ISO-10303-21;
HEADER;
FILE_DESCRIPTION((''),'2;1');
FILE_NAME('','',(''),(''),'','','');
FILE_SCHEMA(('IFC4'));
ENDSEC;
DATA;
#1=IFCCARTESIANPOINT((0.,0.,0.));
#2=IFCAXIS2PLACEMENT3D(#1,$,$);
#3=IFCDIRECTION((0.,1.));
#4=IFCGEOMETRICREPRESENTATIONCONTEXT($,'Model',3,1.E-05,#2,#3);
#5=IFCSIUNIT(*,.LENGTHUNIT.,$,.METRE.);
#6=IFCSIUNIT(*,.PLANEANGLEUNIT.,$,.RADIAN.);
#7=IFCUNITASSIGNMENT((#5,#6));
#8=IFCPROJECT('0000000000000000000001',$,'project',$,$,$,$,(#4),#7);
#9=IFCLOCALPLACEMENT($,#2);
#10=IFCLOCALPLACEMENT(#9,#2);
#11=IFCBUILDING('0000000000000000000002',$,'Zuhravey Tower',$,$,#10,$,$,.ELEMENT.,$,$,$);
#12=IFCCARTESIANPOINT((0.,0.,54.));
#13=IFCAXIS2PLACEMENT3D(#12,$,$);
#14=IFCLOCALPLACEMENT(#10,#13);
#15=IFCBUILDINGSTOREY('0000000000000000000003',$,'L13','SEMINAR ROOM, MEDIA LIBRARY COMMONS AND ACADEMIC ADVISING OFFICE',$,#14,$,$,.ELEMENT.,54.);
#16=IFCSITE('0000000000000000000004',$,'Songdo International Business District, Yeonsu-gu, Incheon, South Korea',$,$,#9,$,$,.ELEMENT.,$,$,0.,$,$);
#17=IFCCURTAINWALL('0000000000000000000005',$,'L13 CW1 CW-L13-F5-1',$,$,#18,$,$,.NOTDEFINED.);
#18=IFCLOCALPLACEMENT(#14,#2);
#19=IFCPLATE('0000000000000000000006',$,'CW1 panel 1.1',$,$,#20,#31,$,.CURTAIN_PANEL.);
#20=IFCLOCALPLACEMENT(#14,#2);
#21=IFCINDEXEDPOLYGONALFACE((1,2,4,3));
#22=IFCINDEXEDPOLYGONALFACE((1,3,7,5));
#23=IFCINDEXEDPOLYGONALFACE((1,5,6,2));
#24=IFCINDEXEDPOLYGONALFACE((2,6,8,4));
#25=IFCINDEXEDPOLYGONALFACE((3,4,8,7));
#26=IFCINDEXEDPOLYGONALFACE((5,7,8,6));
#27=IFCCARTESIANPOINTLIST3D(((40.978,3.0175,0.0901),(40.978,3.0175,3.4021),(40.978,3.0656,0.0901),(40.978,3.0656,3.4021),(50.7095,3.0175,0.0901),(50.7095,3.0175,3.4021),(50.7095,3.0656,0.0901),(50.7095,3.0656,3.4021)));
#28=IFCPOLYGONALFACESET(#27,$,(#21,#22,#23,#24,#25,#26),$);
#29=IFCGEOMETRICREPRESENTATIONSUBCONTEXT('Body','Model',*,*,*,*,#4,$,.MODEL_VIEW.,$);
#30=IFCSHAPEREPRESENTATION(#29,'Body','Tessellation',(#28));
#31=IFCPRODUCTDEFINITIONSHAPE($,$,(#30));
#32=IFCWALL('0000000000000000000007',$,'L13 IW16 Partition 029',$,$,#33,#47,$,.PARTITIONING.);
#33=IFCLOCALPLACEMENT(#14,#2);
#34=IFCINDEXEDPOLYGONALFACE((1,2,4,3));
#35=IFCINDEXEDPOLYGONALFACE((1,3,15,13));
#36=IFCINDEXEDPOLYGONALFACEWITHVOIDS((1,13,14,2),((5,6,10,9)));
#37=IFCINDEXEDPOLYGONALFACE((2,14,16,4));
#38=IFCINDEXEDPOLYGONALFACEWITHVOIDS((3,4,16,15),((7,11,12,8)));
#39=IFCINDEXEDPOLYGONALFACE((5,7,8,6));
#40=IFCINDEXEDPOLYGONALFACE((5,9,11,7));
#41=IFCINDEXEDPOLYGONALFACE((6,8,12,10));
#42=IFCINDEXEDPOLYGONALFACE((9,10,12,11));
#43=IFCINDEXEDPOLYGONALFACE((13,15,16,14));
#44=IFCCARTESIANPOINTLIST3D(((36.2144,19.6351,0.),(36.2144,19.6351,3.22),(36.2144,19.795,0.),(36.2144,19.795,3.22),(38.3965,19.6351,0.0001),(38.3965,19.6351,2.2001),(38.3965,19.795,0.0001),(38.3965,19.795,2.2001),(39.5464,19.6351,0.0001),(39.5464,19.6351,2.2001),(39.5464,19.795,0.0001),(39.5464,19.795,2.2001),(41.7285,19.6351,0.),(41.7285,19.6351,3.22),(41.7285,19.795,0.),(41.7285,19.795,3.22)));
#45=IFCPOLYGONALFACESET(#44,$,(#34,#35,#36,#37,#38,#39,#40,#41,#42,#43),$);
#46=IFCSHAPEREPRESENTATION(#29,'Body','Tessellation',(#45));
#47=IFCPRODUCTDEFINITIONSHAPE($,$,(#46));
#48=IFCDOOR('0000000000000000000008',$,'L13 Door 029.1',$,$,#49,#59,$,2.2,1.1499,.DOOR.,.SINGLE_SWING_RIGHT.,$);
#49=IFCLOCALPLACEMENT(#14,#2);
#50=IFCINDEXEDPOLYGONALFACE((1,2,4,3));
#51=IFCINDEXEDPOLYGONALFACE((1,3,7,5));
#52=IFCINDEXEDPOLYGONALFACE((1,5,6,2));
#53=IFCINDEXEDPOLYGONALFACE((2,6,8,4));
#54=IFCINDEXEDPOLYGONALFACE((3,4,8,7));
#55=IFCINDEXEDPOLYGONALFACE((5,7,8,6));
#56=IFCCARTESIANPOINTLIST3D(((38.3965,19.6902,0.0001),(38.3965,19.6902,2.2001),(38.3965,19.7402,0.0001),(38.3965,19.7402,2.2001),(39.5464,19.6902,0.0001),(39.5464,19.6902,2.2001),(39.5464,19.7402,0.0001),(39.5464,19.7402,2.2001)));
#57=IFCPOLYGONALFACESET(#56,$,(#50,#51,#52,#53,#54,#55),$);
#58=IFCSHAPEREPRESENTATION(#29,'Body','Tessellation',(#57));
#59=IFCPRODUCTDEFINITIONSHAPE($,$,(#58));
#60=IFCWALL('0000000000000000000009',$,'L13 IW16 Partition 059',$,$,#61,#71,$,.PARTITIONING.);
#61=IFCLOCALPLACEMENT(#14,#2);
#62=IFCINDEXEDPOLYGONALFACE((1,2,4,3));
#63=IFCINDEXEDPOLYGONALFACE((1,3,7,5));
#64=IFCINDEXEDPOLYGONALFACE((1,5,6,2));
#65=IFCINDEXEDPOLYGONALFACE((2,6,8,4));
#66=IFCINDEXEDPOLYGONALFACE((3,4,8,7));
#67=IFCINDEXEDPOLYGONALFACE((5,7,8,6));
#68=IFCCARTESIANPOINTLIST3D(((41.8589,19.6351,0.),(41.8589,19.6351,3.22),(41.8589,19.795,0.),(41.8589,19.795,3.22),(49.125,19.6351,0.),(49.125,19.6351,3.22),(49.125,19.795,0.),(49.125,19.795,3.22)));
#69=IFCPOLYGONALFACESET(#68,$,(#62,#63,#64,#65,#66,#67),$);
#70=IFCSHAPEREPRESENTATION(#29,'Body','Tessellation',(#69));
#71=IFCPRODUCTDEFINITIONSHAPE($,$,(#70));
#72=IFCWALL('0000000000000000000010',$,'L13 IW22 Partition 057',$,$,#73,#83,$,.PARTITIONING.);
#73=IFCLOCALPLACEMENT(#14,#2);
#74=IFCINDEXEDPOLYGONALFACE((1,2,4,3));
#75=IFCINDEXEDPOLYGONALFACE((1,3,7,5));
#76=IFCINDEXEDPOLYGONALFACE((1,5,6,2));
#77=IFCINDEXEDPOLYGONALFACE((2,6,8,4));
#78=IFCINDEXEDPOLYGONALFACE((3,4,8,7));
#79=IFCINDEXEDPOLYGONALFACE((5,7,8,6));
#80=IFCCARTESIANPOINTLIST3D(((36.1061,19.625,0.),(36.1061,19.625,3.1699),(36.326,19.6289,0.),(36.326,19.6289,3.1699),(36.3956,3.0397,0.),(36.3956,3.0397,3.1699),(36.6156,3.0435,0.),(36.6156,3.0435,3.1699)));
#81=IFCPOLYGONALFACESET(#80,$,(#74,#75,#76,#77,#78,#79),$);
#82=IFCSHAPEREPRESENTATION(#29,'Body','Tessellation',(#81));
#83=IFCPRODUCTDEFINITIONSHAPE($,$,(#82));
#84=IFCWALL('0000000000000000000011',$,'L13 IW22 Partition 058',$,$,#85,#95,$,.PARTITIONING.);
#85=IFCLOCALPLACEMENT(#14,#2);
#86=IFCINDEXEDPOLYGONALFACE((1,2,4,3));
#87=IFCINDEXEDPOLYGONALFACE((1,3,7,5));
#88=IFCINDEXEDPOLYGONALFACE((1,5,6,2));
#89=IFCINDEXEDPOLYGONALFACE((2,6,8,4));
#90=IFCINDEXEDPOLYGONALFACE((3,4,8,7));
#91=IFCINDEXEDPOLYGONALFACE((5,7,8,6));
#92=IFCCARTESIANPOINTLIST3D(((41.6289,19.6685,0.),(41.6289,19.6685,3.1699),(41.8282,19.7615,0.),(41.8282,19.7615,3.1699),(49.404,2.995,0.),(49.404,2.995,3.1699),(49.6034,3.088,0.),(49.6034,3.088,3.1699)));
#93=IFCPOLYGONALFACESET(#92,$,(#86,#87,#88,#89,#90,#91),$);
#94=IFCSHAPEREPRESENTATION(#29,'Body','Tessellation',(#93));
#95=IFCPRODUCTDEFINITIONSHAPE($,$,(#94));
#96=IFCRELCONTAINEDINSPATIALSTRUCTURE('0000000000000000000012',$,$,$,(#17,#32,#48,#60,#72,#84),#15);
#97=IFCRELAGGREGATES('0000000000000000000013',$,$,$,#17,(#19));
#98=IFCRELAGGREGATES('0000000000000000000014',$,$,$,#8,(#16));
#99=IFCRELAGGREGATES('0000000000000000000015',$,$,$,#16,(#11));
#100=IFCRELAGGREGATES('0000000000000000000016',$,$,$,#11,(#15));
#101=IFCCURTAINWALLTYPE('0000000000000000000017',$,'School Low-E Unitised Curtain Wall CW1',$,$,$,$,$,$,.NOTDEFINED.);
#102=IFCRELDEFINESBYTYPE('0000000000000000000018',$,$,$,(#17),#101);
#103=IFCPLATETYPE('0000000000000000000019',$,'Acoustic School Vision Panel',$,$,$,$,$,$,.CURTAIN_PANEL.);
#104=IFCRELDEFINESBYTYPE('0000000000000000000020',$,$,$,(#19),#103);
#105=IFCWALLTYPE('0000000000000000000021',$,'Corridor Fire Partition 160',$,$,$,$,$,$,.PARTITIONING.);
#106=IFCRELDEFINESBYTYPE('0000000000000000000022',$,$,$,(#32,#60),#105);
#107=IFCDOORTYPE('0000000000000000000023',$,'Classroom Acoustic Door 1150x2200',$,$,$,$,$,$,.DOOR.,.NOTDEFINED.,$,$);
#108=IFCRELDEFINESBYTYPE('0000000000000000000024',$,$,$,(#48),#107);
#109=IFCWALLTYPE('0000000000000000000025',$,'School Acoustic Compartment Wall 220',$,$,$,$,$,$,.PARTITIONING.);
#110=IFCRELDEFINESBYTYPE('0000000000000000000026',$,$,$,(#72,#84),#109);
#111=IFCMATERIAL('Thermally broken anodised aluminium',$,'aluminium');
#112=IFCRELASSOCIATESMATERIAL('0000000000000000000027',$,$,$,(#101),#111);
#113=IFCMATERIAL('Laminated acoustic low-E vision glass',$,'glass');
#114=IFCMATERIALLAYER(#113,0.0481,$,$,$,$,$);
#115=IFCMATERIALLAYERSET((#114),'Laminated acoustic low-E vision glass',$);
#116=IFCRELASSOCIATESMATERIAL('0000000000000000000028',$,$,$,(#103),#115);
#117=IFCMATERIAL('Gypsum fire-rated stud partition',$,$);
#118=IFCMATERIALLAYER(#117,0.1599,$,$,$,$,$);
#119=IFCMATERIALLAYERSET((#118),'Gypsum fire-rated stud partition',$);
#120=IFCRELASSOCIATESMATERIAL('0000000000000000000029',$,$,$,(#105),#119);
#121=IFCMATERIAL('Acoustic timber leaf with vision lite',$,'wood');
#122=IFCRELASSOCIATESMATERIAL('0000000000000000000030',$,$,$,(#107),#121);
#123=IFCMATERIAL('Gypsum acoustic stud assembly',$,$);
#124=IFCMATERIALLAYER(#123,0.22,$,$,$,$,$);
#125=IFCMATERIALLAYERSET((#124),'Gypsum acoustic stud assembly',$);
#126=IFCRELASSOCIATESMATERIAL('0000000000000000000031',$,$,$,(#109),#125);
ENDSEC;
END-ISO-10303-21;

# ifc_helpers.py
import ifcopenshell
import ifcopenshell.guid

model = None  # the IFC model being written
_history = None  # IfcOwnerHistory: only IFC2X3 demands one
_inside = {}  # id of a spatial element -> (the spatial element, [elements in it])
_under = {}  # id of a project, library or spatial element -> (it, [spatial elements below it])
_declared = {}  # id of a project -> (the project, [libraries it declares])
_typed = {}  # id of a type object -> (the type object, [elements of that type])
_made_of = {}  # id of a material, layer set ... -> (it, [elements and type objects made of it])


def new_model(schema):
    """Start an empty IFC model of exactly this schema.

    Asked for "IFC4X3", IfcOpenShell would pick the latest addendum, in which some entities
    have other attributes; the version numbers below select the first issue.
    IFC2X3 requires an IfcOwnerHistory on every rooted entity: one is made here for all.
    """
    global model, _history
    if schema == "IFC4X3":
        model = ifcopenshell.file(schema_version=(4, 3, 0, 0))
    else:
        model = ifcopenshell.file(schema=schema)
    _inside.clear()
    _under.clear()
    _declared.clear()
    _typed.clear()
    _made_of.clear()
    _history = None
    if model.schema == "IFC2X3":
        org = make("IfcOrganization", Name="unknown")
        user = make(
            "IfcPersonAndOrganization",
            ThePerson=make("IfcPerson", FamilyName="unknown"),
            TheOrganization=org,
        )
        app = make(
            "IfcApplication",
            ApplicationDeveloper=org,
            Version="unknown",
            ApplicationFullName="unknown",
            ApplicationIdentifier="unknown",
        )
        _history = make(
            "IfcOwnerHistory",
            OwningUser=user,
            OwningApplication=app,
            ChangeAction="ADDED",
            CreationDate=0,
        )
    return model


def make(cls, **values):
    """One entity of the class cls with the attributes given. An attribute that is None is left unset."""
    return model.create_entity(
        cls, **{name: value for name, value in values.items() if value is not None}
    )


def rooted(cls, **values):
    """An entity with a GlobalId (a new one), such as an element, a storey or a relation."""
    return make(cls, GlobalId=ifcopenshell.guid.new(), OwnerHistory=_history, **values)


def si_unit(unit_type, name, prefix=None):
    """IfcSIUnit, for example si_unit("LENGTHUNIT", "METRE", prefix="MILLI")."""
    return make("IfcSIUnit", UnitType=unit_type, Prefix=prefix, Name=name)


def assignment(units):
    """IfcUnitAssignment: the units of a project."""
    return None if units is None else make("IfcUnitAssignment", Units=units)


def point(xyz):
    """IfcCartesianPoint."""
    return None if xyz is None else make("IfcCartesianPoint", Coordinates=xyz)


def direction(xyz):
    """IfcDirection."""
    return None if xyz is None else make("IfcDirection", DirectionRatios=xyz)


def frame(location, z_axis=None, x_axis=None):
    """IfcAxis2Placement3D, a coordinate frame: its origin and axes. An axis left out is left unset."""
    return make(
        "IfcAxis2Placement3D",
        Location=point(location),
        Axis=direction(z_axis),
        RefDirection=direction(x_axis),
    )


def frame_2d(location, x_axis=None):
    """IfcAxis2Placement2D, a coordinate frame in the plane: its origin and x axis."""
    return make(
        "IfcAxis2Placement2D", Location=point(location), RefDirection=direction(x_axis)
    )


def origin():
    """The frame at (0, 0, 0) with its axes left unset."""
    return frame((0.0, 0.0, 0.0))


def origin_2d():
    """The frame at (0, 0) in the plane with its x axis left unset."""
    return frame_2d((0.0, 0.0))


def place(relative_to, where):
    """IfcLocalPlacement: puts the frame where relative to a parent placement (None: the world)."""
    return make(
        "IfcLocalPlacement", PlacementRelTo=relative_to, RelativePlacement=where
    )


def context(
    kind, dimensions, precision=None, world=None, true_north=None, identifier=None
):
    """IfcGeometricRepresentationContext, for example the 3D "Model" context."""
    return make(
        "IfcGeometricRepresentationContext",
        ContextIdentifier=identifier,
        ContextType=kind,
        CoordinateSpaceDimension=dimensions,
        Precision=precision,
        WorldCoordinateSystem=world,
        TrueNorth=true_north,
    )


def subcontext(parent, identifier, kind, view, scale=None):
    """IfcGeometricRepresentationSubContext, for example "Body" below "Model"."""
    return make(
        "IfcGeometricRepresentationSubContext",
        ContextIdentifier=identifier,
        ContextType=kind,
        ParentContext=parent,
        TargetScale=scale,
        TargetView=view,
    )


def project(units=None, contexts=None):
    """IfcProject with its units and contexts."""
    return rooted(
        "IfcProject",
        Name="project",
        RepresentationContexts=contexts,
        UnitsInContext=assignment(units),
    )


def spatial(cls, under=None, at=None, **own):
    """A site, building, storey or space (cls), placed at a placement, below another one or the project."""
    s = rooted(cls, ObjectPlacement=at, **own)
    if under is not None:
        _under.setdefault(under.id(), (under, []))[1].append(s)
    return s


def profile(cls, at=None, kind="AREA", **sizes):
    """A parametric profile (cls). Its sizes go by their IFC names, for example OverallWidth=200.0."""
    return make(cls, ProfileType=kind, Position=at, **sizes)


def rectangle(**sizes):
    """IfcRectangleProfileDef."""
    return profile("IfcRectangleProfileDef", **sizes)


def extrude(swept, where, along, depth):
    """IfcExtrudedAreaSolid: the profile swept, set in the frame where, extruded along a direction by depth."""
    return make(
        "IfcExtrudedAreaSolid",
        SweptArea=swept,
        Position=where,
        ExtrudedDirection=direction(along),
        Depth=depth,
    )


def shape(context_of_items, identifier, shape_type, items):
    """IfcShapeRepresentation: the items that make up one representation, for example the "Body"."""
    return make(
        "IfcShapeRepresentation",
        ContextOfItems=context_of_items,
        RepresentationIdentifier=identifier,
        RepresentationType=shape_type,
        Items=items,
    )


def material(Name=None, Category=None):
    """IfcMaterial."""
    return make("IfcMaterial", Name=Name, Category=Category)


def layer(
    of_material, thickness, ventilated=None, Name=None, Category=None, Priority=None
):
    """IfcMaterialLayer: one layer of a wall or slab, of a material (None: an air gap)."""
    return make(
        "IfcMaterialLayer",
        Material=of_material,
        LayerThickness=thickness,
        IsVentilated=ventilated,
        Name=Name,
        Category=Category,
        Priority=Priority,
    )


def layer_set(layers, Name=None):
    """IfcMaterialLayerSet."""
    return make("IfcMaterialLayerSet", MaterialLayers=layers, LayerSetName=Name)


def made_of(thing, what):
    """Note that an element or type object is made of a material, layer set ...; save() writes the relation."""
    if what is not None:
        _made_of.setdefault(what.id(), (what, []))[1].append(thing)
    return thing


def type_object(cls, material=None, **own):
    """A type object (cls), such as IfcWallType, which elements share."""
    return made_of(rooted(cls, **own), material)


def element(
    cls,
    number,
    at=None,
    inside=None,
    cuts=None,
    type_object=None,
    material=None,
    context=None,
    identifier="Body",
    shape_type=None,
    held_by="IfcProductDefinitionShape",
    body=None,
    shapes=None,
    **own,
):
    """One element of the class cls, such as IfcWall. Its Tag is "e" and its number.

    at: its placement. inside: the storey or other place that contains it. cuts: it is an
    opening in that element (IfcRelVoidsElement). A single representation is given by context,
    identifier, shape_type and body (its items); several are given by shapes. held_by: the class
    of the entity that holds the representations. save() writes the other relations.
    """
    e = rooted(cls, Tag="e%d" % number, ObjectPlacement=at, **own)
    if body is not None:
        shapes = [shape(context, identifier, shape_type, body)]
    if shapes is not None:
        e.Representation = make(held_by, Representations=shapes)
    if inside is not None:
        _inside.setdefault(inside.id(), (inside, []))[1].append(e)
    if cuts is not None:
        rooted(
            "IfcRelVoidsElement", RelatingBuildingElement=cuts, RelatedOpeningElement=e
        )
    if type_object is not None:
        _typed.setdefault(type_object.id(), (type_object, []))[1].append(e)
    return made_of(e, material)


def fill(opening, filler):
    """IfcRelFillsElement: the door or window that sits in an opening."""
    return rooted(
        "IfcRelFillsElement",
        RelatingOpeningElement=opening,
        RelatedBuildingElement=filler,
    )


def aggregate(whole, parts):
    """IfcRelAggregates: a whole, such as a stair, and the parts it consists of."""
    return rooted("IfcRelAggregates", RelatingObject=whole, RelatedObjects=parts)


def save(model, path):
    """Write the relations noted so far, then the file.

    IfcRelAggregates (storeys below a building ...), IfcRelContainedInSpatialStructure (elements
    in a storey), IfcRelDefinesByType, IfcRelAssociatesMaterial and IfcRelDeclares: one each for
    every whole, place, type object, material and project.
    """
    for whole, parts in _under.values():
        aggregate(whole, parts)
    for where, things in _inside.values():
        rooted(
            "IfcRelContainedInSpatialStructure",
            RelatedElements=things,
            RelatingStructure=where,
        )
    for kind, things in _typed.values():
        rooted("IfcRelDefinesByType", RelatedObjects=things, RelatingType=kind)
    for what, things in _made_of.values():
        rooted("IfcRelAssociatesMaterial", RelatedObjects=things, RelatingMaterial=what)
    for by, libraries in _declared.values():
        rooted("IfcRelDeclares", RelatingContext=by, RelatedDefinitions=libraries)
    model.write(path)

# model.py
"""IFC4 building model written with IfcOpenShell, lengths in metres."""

from ifc_helpers import new_model, si_unit, direction, frame, frame_2d, origin, origin_2d, place, context, subcontext, project, spatial, rectangle, extrude, material, layer, layer_set, type_object, element, fill, aggregate, save


model = new_model("IFC4")

# Units and contexts
model_context = context("Model", 3, precision=1e-05, world=origin(), true_north=direction((0.0, 1.0)))
body_context = subcontext(model_context, "Body", "Model", "MODEL_VIEW")
ifc_project = project(units=[si_unit("LENGTHUNIT", "METRE"), si_unit("PLANEANGLEUNIT", "RADIAN")], contexts=[model_context])

# Site, building, storey
site_placement = place(None, origin())
site = spatial("IfcSite", under=ifc_project, at=site_placement, Name="Songdo International Business District, Yeonsu-gu, Incheon, South Korea", CompositionType="ELEMENT", RefElevation=0.0)
building_placement = place(site_placement, origin())
building = spatial("IfcBuilding", under=site, at=building_placement, Name="Zuhravey Tower", CompositionType="ELEMENT")
storey_placement = place(building_placement, frame((0.0, 0.0, 54.0)))
storey = spatial("IfcBuildingStorey", under=building, at=storey_placement, Name="L13", Description="SEMINAR ROOM, MEDIA LIBRARY COMMONS AND ACADEMIC ADVISING OFFICE", CompositionType="ELEMENT", Elevation=54.0)

# Curtain wall
ifc_material_1 = material(Name="Thermally broken anodised aluminium", Category="aluminium")
curtain_wall_type = type_object("IfcCurtainWallType", Name="School Low-E Unitised Curtain Wall CW1", PredefinedType="NOTDEFINED", material=ifc_material_1)
curtain_wall_placement = place(storey_placement, origin())
curtain_wall = element("IfcCurtainWall", 1, at=curtain_wall_placement, inside=storey, type_object=curtain_wall_type, Name="L13 CW1 CW-L13-F5-1", PredefinedType="NOTDEFINED")

# Plate
ifc_material_2 = material(Name="Laminated acoustic low-E vision glass", Category="glass")
ifc_layer_1 = layer(ifc_material_2, 0.0481)
ifc_layer_set_1 = layer_set([ifc_layer_1], Name="Laminated acoustic low-E vision glass")
plate_type = type_object("IfcPlateType", Name="Acoustic School Vision Panel", PredefinedType="CURTAIN_PANEL", material=ifc_layer_set_1)
plate_placement = place(storey_placement, frame((45.8438, 3.0415, 0.0901), z_axis=(0.0, 0.0, 1.0), x_axis=(-1.0, 0.0, 0.0)))
plate = element("IfcPlate", 2, at=plate_placement, type_object=plate_type, Name="CW1 panel 1.1", PredefinedType="CURTAIN_PANEL", context=body_context, shape_type="SweptSolid", body=[
    extrude(rectangle(XDim=9.7314, YDim=0.0481, at=origin_2d()), origin(), (0.0, 0.0, 1.0), 3.312),
])
aggregate(curtain_wall, [plate])

# Wall, opening, door
ifc_material_3 = material(Name="Gypsum fire-rated stud partition")
ifc_layer_2 = layer(ifc_material_3, 0.1599)
ifc_layer_set_2 = layer_set([ifc_layer_2], Name="Gypsum fire-rated stud partition")
wall_type_1 = type_object("IfcWallType", Name="Corridor Fire Partition 160", PredefinedType="PARTITIONING", material=ifc_layer_set_2)
wall_1_placement = place(storey_placement, frame((36.2144, 19.7151, 0.0), z_axis=(0.0, 0.0, 1.0), x_axis=(1.0, 0.0, 0.0)))
wall_1 = element("IfcWall", 3, at=wall_1_placement, inside=storey, type_object=wall_type_1, Name="L13 IW16 Partition 029", PredefinedType="PARTITIONING", context=body_context, shape_type="SweptSolid", body=[
    extrude(rectangle(XDim=5.5142, YDim=0.1599, at=frame_2d((2.7571, 0.0))), origin(), (0.0, 0.0, 1.0), 3.22),
])
opening_1_placement = place(wall_1_placement, frame((2.1821, 0.0, 0.0)))
opening_1 = element("IfcOpeningElement", 4, at=opening_1_placement, cuts=wall_1, PredefinedType="OPENING", context=body_context, shape_type="SweptSolid", body=[
    extrude(rectangle(XDim=1.1499, YDim=2.2, at=frame_2d((0.575, 1.1001))), frame((0.0, 0.092, 0.0), z_axis=(0.0, -1.0, 0.0), x_axis=(1.0, 0.0, 0.0)), (0.0, 0.0, 1.0), 0.1838),
])
ifc_material_4 = material(Name="Acoustic timber leaf with vision lite", Category="wood")
door_type_1 = type_object("IfcDoorType", Name="Classroom Acoustic Door 1150x2200", OperationType="NOTDEFINED", PredefinedType="DOOR", material=ifc_material_4)
door_1_placement = place(opening_1_placement, frame((1.1499, 0.0, 0.0), z_axis=(0.0, 0.0, 1.0), x_axis=(-1.0, 0.0, 0.0)))
door_1 = element("IfcDoor", 5, at=door_1_placement, inside=storey, type_object=door_type_1, Name="L13 Door 029.1", OperationType="SINGLE_SWING_RIGHT", OverallHeight=2.2, OverallWidth=1.1499, PredefinedType="DOOR", context=body_context, shape_type="SweptSolid", body=[
    extrude(rectangle(XDim=1.1499, YDim=2.2, at=frame_2d((0.575, 1.1001))), frame((0.0, 0.0249, 0.0), z_axis=(0.0, -1.0, 0.0), x_axis=(1.0, 0.0, 0.0)), (0.0, 0.0, 1.0), 0.05),
])
fill(opening_1, door_1)

# Walls
wall_2_placement = place(storey_placement, frame((41.8589, 19.7151, 0.0), z_axis=(0.0, 0.0, 1.0), x_axis=(1.0, 0.0, 0.0)))
element("IfcWall", 6, at=wall_2_placement, inside=storey, type_object=wall_type_1, Name="L13 IW16 Partition 059", PredefinedType="PARTITIONING", context=body_context, shape_type="SweptSolid", body=[
    extrude(rectangle(XDim=7.2661, YDim=0.1599, at=frame_2d((3.6331, 0.0))), origin(), (0.0, 0.0, 1.0), 3.22),
])
ifc_material_5 = material(Name="Gypsum acoustic stud assembly")
ifc_layer_3 = layer(ifc_material_5, 0.22)
ifc_layer_set_3 = layer_set([ifc_layer_3], Name="Gypsum acoustic stud assembly")
wall_type_2 = type_object("IfcWallType", Name="School Acoustic Compartment Wall 220", PredefinedType="PARTITIONING", material=ifc_layer_set_3)
wall_3_placement = place(storey_placement, frame((36.2161, 19.627, 0.0), z_axis=(0.0, 0.0, 1.0), x_axis=(0.017455, -0.999848, 0.0)))
element("IfcWall", 7, at=wall_3_placement, inside=storey, type_object=wall_type_2, Name="L13 IW22 Partition 057", PredefinedType="PARTITIONING", context=body_context, shape_type="SweptSolid", body=[
    extrude(rectangle(XDim=16.5879, YDim=0.22, at=frame_2d((8.2939, 0.0))), origin(), (0.0, 0.0, 1.0), 3.1699),
])
wall_4_placement = place(storey_placement, frame((41.7285, 19.7151, 0.0), z_axis=(0.0, 0.0, 1.0), x_axis=(0.422624, -0.906305, 0.0)))
element("IfcWall", 8, at=wall_4_placement, inside=storey, type_object=wall_type_2, Name="L13 IW22 Partition 058", PredefinedType="PARTITIONING", context=body_context, shape_type="SweptSolid", body=[
    extrude(rectangle(XDim=18.3972, YDim=0.22, at=frame_2d((9.1987, 0.0))), origin(), (0.0, 0.0, 1.0), 3.1699),
])

save(model, "model.ifc")
